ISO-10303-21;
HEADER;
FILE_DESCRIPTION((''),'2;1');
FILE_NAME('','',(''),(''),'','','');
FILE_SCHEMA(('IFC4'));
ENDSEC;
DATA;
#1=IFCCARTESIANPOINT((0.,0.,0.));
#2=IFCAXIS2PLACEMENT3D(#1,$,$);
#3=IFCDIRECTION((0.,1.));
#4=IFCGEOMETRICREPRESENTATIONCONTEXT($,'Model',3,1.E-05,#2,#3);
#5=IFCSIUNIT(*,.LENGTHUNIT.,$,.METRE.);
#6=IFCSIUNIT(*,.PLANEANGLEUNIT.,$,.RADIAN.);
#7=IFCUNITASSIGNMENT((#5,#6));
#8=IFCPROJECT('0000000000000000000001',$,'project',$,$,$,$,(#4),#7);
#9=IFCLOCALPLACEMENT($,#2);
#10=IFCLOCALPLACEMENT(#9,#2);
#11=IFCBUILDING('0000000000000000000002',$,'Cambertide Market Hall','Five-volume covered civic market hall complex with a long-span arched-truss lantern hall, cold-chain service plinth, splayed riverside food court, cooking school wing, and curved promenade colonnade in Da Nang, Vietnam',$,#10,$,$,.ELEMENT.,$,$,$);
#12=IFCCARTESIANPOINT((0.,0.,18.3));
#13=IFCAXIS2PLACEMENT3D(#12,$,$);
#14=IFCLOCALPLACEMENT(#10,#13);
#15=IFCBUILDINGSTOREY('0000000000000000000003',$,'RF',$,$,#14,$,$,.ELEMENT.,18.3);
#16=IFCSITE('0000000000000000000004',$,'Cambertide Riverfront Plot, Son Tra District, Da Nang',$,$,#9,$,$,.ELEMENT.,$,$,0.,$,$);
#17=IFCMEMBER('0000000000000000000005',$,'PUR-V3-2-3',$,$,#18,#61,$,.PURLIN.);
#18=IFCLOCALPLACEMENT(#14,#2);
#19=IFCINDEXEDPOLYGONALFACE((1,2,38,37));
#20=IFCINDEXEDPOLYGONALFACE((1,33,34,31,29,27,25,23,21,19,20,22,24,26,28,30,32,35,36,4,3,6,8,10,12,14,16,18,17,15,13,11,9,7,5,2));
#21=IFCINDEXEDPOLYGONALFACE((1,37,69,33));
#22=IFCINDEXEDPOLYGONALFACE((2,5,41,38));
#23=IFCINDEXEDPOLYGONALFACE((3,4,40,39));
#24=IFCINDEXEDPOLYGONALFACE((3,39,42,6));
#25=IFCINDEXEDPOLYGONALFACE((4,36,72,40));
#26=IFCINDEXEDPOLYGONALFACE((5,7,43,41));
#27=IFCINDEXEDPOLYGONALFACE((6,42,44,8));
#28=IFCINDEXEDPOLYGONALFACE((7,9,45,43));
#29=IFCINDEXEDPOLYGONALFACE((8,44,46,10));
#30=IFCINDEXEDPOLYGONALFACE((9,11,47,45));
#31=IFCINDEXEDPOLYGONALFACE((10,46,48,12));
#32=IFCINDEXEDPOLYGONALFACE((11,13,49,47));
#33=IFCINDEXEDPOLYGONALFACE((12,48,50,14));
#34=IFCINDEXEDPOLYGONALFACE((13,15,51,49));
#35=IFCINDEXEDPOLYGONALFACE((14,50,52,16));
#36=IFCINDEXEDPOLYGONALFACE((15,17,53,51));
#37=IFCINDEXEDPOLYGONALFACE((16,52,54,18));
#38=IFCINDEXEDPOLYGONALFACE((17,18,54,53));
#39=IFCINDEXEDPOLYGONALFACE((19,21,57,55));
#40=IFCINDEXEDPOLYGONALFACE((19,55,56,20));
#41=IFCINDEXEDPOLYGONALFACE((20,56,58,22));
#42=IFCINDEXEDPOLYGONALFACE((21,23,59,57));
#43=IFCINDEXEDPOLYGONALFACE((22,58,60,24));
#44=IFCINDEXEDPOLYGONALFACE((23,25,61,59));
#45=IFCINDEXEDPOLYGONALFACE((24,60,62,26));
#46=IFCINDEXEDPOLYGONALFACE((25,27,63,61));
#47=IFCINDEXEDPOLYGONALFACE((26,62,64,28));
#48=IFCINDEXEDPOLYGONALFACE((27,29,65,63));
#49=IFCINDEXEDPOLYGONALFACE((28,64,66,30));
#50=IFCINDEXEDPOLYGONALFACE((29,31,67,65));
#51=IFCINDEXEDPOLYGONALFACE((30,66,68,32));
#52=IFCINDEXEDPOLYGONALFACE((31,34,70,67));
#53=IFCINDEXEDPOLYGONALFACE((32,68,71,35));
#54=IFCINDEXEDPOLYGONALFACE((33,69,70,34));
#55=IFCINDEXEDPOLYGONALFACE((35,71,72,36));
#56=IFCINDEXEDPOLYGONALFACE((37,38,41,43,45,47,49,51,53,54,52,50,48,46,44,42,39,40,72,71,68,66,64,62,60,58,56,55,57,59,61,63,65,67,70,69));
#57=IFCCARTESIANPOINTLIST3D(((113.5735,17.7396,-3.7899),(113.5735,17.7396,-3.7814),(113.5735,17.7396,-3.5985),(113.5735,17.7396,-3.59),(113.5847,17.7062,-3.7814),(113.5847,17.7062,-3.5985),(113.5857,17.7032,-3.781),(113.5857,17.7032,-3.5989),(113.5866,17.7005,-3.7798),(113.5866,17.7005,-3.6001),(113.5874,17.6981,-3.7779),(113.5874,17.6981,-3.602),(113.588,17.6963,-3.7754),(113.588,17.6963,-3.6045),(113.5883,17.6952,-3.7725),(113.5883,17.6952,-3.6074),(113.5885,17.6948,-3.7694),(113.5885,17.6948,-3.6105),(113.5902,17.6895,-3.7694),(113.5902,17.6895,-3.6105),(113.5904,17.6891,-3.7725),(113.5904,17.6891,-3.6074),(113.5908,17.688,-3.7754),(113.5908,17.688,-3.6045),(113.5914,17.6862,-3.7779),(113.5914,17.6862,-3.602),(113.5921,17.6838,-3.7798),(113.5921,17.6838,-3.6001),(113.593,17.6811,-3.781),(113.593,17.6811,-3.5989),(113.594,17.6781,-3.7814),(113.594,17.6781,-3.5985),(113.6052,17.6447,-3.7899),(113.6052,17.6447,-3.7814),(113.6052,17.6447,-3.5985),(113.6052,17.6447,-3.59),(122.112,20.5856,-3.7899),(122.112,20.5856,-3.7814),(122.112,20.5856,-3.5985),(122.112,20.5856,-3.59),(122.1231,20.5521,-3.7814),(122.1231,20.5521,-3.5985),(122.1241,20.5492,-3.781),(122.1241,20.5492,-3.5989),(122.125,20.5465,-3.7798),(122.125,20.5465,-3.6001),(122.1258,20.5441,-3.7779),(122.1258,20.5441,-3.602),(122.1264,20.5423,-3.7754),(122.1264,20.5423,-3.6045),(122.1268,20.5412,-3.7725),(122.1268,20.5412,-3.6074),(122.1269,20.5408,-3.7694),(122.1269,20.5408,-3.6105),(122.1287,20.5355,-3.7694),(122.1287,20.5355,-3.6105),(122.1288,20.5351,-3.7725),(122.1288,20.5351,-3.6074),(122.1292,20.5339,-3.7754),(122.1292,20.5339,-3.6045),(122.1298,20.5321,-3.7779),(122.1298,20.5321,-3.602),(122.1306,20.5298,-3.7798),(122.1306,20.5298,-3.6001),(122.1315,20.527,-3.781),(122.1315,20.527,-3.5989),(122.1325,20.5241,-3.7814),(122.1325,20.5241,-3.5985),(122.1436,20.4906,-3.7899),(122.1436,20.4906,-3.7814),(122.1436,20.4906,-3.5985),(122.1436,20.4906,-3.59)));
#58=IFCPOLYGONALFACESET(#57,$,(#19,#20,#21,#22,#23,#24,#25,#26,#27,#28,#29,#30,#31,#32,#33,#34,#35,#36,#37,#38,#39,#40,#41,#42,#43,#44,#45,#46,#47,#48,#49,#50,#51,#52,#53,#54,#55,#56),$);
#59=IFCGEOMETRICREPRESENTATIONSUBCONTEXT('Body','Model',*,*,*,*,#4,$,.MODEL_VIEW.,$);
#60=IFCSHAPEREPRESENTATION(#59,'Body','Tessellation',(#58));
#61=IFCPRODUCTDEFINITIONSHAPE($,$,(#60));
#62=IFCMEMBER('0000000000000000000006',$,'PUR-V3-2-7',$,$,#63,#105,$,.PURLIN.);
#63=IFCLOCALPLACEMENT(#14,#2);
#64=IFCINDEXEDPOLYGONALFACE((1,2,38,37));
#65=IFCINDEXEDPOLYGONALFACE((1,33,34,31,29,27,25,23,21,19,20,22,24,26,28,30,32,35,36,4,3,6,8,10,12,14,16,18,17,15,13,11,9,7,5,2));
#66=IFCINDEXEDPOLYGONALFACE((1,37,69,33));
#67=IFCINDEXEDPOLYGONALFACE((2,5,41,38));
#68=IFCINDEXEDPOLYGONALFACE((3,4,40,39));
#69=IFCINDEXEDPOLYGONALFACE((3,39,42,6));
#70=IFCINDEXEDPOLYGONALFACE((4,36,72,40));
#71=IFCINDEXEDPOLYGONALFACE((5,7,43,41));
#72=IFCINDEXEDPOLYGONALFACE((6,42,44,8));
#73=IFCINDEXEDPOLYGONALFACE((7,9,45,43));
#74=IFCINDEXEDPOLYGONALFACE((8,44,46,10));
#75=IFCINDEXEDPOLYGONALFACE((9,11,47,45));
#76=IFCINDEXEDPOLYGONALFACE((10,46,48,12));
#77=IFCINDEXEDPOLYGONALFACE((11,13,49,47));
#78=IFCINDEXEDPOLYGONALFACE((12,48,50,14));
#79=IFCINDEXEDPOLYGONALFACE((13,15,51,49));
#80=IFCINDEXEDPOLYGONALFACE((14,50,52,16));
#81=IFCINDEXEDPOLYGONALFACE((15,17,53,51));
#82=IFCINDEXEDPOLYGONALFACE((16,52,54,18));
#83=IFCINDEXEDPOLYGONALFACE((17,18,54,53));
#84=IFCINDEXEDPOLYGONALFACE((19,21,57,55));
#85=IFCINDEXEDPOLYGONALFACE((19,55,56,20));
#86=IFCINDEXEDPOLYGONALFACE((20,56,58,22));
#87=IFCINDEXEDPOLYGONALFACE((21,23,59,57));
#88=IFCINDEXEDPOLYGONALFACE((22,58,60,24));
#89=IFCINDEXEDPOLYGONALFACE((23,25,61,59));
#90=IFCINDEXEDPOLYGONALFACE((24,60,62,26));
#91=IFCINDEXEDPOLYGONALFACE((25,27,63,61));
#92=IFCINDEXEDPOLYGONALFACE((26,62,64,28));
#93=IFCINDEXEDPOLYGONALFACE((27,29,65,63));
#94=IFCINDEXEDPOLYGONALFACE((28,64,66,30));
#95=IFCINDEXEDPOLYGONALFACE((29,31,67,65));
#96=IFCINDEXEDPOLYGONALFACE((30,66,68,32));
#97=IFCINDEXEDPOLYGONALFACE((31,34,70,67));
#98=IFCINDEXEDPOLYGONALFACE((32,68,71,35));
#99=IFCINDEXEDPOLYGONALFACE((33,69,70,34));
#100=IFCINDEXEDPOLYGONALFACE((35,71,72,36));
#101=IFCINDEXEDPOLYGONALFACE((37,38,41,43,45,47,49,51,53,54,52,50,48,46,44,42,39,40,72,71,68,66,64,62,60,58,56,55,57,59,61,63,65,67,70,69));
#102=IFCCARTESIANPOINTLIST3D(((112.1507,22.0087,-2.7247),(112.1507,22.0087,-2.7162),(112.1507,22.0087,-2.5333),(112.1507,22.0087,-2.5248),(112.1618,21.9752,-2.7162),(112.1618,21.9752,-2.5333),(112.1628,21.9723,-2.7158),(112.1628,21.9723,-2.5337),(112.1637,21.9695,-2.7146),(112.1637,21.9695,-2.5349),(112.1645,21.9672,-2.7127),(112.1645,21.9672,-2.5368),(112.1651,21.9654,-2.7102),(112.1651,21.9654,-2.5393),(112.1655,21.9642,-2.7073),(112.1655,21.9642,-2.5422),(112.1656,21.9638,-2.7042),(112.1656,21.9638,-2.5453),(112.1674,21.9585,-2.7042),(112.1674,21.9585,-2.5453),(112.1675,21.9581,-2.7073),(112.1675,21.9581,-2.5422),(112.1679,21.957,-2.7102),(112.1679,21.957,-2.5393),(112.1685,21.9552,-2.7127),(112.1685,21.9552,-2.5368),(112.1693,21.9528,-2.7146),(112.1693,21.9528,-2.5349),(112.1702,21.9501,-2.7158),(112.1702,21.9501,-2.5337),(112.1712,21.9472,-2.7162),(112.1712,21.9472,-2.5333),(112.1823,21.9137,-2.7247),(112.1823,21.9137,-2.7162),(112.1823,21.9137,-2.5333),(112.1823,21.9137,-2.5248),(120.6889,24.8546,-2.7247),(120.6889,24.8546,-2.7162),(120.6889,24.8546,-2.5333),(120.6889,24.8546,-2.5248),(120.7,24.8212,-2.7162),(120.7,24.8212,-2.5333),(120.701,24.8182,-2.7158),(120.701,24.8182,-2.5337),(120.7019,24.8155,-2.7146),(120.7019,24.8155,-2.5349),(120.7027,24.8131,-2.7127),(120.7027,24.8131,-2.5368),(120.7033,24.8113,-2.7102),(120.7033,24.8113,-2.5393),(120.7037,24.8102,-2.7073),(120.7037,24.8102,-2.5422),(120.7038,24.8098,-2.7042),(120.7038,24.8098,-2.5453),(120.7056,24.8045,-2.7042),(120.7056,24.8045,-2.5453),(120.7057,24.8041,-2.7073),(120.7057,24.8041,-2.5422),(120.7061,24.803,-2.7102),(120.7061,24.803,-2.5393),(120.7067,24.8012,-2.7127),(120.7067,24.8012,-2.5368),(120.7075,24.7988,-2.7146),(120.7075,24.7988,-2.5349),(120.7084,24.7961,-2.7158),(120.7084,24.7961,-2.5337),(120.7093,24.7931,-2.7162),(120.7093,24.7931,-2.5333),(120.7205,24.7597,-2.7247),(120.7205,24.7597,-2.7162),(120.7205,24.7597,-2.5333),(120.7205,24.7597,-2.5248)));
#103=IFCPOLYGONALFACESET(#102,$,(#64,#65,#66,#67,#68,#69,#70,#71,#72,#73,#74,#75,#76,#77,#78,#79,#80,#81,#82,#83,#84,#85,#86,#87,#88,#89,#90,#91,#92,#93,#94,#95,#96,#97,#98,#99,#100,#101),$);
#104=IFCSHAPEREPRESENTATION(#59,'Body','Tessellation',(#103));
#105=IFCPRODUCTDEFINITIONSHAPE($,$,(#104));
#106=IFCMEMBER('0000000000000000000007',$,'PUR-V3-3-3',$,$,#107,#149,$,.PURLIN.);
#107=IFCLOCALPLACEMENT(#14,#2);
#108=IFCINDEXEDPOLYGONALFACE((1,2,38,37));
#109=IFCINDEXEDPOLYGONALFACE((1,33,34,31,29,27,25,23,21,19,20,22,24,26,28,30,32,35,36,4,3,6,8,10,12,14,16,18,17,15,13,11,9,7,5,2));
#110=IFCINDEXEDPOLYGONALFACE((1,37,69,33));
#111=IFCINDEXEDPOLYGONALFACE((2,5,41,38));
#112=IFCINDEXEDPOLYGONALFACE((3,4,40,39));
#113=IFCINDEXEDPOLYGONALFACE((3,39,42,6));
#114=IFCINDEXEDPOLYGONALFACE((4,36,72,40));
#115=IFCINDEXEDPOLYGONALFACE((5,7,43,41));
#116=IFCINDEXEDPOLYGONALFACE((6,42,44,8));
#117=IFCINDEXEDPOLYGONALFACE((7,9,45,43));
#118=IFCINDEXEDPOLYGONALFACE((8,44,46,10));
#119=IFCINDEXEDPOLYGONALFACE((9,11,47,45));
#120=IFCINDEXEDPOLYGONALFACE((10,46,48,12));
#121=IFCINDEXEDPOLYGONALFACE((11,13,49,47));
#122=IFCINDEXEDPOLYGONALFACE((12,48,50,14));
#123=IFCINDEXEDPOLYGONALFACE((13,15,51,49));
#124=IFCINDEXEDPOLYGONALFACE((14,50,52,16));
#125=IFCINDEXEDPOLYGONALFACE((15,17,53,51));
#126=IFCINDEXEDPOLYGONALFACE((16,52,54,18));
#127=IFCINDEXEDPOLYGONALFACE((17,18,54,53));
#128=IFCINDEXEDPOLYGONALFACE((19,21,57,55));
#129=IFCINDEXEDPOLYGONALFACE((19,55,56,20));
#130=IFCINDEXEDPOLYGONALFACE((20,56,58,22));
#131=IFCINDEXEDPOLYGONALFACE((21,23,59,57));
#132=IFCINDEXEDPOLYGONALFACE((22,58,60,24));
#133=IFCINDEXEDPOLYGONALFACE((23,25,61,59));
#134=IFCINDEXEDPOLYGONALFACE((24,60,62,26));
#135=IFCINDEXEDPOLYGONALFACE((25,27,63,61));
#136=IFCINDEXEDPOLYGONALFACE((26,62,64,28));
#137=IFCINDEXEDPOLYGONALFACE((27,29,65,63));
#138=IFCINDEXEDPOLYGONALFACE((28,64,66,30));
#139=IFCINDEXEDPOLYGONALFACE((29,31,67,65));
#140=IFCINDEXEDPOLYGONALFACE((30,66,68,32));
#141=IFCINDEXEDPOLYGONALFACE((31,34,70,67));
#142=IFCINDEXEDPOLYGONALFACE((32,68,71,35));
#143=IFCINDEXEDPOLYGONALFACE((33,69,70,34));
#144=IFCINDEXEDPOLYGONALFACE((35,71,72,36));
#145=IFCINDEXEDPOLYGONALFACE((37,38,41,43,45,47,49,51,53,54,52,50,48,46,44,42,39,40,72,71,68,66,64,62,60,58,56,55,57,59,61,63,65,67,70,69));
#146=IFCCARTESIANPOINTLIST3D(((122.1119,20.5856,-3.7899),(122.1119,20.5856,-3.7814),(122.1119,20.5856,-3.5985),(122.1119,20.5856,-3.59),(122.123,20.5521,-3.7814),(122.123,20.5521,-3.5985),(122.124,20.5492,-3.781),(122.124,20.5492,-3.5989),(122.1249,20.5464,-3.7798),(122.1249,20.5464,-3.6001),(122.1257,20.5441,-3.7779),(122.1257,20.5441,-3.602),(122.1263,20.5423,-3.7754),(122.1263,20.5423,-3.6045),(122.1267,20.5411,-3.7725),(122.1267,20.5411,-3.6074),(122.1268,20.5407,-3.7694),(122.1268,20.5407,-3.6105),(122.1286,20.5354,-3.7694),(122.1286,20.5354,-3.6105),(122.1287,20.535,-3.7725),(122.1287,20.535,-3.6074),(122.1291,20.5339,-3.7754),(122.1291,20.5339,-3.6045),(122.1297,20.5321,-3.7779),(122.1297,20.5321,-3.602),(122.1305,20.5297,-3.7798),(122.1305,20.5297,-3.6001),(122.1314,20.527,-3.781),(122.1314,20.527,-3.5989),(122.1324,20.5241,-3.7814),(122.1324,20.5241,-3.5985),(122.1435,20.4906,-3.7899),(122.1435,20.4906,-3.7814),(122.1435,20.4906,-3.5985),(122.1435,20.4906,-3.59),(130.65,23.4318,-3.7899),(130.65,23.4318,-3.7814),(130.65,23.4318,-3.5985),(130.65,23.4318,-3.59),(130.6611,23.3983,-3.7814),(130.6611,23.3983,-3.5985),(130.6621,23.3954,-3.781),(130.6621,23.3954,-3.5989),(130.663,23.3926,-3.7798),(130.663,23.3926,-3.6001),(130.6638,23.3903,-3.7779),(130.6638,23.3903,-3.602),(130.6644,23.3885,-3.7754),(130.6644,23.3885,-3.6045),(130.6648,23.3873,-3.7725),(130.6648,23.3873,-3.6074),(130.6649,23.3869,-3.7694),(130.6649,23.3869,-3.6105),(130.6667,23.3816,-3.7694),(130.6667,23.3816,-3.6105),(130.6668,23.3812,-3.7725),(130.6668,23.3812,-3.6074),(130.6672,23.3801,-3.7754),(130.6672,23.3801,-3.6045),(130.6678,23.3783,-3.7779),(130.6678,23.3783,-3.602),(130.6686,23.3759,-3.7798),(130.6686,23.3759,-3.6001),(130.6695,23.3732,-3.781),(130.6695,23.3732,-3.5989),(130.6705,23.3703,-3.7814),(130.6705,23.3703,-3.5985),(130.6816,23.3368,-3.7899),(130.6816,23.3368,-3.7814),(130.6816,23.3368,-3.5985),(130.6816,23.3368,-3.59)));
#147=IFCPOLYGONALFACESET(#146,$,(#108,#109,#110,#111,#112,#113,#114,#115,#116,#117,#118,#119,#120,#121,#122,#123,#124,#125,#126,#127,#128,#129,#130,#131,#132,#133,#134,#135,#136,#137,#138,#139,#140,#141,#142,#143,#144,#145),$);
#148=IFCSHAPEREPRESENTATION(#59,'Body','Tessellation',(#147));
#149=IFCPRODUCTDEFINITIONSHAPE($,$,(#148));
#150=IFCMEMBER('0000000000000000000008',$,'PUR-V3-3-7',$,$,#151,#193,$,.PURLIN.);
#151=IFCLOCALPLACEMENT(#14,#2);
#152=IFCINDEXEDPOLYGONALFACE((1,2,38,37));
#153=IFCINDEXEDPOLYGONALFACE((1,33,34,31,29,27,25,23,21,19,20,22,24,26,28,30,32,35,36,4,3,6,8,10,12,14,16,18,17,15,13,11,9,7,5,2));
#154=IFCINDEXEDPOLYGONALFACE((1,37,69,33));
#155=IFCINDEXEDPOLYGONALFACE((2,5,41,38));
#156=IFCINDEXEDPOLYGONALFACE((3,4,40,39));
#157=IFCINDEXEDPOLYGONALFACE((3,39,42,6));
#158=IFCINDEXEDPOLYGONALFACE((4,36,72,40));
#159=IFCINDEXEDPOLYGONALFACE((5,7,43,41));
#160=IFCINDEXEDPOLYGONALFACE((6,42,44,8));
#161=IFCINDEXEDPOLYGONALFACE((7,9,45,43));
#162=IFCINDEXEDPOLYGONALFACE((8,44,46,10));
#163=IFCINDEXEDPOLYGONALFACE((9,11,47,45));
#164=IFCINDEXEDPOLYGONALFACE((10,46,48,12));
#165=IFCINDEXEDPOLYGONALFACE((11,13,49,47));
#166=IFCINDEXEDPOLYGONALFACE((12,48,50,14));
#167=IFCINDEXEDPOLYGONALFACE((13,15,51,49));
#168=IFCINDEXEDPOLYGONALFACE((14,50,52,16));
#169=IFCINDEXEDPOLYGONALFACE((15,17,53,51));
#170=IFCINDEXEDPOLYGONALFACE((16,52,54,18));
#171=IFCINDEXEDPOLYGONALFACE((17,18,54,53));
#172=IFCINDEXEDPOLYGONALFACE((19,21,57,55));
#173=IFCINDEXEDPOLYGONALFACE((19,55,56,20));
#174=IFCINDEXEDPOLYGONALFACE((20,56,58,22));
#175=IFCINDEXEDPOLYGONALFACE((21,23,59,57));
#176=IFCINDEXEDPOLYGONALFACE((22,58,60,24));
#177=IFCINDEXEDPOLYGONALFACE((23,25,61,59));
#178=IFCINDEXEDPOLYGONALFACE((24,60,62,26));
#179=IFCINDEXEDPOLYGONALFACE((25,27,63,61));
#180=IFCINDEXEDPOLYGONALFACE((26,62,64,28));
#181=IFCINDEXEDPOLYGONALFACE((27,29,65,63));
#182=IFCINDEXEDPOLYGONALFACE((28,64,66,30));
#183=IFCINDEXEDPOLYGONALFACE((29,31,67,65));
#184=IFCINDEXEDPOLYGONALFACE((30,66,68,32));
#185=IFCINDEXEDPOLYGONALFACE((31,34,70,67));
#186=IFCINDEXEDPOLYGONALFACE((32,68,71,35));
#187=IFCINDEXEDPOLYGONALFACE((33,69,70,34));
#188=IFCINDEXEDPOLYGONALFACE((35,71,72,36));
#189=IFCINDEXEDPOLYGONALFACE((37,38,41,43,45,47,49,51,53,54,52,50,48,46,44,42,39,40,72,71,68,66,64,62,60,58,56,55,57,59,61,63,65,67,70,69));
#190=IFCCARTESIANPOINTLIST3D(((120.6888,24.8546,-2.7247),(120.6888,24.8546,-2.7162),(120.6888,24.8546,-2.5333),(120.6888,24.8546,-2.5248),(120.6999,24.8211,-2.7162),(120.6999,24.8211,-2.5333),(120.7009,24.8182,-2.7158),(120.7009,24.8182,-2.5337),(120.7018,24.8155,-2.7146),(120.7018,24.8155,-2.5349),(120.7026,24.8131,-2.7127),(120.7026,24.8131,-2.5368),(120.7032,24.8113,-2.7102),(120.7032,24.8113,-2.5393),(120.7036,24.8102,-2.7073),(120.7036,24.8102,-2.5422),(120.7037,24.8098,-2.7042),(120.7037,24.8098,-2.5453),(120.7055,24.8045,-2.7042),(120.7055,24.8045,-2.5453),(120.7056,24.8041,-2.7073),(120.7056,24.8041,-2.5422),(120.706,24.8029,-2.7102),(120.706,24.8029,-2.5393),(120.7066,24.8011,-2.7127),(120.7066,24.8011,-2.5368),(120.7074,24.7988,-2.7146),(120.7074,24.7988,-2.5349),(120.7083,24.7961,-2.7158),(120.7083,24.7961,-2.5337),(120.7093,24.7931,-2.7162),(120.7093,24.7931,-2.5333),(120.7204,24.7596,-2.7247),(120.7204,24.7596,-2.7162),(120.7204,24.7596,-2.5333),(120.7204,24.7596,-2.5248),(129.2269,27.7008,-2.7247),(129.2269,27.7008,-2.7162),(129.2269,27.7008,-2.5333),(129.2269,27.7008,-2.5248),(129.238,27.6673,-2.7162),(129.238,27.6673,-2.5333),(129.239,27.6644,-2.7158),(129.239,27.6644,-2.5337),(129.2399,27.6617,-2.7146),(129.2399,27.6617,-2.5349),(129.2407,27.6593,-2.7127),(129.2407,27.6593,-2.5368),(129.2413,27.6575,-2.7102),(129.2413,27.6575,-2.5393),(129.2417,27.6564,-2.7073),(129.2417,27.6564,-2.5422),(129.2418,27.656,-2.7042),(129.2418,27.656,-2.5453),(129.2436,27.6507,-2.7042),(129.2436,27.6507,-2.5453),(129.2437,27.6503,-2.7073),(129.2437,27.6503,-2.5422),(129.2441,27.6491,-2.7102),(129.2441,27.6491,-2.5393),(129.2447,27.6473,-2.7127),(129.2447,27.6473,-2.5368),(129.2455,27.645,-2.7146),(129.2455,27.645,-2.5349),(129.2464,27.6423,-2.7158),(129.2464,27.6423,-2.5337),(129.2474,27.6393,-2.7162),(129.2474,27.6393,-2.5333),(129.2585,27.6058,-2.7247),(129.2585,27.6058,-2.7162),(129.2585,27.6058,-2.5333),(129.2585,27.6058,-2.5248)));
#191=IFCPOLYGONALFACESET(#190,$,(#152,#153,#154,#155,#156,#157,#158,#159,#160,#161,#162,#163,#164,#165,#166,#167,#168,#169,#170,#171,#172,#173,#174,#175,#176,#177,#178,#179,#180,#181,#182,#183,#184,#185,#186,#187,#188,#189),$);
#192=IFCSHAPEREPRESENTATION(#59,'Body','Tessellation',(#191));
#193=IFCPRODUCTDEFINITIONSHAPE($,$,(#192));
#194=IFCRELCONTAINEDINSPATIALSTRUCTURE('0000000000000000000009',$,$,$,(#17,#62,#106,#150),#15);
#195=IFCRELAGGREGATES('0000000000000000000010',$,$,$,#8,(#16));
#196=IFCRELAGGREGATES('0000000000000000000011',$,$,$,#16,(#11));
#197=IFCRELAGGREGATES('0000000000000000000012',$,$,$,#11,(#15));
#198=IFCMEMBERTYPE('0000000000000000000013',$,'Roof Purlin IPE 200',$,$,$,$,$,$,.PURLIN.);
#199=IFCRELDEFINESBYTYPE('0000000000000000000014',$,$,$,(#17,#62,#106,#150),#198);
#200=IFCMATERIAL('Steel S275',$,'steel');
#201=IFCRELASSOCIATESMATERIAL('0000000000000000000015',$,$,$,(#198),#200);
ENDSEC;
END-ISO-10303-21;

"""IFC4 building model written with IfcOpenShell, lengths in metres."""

from ifc_helpers import new_model, si_unit, direction, frame, origin, origin_2d, place, context, subcontext, project, spatial, i_section, extrude, material, material_profile, profile_set, type_object, element, save


model = new_model("IFC4")

# Units and contexts
model_context = context("Model", 3, precision=1e-05, world=origin(), true_north=direction((0.0, 1.0)))
body_context = subcontext(model_context, "Body", "Model", "MODEL_VIEW")
ifc_project = project(units=[si_unit("LENGTHUNIT", "METRE"), si_unit("PLANEANGLEUNIT", "RADIAN")], contexts=[model_context])

# Site, building, storey
site_placement = place(None, origin())
site = spatial("IfcSite", under=ifc_project, at=site_placement, Name="Cambertide Riverfront Plot, Son Tra District, Da Nang", CompositionType="ELEMENT", RefElevation=0.0)
building_placement = place(site_placement, origin())
building = spatial("IfcBuilding", under=site, at=building_placement, Name="Cambertide Market Hall", Description="Five-volume covered civic market hall complex with a long-span arched-truss lantern hall, cold-chain service plinth, splayed riverside food court, cooking school wing, and curved promenade colonnade in Da Nang, Vietnam", CompositionType="ELEMENT")
storey_placement = place(building_placement, frame((0.0, 0.0, 18.3)))
storey = spatial("IfcBuildingStorey", under=building, at=storey_placement, Name="RF", CompositionType="ELEMENT", Elevation=18.3)

# Members
ifc_material_1 = material(Name="Steel S275", Category="steel")
ifc_material_profile_1 = material_profile(ifc_material_1, i_section(OverallWidth=0.1001, OverallDepth=0.2, WebThickness=0.0056, FlangeThickness=0.0085, FilletRadius=0.012, at=origin_2d()), Name="IPE 200")
ifc_profile_set_1 = profile_set([ifc_material_profile_1], Name="Steel S275")
member_type_1 = type_object("IfcMemberType", Name="Roof Purlin IPE 200", PredefinedType="PURLIN", material=ifc_profile_set_1)
member_1_placement = place(storey_placement, frame((113.5894, 17.6921, -3.6899), z_axis=(0.948689, 0.316211, 0.0), x_axis=(-0.316211, 0.948689, 0.0)))
element("IfcMember", 1, at=member_1_placement, inside=storey, type_object=member_type_1, Name="PUR-V3-2-3", PredefinedType="PURLIN", context=body_context, shape_type="SweptSolid", body=[
    extrude(i_section(OverallWidth=0.1001, OverallDepth=0.2, WebThickness=0.0056, FlangeThickness=0.0085, FilletRadius=0.012, at=origin_2d()), origin(), (0.0, 0.0, 1.0), 9.0002),
])
for number, where, z_axis, x_axis, name in (
    (2, (112.1665, 21.9612, -2.6248), (0.948686, 0.31622, 0.0), (-0.31622, 0.948686, 0.0), "PUR-V3-2-7"),
    (3, (122.1277, 20.5381, -3.6899), (0.948678, 0.316244, 0.0), (-0.316244, 0.948678, 0.0), "PUR-V3-3-3"),
    (4, (120.7046, 24.8071, -2.6248), (0.948678, 0.316244, 0.0), (-0.316244, 0.948678, 0.0), "PUR-V3-3-7"),
):
    element("IfcMember", number, at=place(storey_placement, frame(where, z_axis=z_axis, x_axis=x_axis)), inside=storey, type_object=member_type_1, Name=name, PredefinedType="PURLIN", context=body_context, shape_type="SweptSolid", body=[
        extrude(i_section(OverallWidth=0.1001, OverallDepth=0.2, WebThickness=0.0056, FlangeThickness=0.0085, FilletRadius=0.012, at=origin_2d()), origin(), (0.0, 0.0, 1.0), 9.0),
    ])

save(model, "model.ifc")
